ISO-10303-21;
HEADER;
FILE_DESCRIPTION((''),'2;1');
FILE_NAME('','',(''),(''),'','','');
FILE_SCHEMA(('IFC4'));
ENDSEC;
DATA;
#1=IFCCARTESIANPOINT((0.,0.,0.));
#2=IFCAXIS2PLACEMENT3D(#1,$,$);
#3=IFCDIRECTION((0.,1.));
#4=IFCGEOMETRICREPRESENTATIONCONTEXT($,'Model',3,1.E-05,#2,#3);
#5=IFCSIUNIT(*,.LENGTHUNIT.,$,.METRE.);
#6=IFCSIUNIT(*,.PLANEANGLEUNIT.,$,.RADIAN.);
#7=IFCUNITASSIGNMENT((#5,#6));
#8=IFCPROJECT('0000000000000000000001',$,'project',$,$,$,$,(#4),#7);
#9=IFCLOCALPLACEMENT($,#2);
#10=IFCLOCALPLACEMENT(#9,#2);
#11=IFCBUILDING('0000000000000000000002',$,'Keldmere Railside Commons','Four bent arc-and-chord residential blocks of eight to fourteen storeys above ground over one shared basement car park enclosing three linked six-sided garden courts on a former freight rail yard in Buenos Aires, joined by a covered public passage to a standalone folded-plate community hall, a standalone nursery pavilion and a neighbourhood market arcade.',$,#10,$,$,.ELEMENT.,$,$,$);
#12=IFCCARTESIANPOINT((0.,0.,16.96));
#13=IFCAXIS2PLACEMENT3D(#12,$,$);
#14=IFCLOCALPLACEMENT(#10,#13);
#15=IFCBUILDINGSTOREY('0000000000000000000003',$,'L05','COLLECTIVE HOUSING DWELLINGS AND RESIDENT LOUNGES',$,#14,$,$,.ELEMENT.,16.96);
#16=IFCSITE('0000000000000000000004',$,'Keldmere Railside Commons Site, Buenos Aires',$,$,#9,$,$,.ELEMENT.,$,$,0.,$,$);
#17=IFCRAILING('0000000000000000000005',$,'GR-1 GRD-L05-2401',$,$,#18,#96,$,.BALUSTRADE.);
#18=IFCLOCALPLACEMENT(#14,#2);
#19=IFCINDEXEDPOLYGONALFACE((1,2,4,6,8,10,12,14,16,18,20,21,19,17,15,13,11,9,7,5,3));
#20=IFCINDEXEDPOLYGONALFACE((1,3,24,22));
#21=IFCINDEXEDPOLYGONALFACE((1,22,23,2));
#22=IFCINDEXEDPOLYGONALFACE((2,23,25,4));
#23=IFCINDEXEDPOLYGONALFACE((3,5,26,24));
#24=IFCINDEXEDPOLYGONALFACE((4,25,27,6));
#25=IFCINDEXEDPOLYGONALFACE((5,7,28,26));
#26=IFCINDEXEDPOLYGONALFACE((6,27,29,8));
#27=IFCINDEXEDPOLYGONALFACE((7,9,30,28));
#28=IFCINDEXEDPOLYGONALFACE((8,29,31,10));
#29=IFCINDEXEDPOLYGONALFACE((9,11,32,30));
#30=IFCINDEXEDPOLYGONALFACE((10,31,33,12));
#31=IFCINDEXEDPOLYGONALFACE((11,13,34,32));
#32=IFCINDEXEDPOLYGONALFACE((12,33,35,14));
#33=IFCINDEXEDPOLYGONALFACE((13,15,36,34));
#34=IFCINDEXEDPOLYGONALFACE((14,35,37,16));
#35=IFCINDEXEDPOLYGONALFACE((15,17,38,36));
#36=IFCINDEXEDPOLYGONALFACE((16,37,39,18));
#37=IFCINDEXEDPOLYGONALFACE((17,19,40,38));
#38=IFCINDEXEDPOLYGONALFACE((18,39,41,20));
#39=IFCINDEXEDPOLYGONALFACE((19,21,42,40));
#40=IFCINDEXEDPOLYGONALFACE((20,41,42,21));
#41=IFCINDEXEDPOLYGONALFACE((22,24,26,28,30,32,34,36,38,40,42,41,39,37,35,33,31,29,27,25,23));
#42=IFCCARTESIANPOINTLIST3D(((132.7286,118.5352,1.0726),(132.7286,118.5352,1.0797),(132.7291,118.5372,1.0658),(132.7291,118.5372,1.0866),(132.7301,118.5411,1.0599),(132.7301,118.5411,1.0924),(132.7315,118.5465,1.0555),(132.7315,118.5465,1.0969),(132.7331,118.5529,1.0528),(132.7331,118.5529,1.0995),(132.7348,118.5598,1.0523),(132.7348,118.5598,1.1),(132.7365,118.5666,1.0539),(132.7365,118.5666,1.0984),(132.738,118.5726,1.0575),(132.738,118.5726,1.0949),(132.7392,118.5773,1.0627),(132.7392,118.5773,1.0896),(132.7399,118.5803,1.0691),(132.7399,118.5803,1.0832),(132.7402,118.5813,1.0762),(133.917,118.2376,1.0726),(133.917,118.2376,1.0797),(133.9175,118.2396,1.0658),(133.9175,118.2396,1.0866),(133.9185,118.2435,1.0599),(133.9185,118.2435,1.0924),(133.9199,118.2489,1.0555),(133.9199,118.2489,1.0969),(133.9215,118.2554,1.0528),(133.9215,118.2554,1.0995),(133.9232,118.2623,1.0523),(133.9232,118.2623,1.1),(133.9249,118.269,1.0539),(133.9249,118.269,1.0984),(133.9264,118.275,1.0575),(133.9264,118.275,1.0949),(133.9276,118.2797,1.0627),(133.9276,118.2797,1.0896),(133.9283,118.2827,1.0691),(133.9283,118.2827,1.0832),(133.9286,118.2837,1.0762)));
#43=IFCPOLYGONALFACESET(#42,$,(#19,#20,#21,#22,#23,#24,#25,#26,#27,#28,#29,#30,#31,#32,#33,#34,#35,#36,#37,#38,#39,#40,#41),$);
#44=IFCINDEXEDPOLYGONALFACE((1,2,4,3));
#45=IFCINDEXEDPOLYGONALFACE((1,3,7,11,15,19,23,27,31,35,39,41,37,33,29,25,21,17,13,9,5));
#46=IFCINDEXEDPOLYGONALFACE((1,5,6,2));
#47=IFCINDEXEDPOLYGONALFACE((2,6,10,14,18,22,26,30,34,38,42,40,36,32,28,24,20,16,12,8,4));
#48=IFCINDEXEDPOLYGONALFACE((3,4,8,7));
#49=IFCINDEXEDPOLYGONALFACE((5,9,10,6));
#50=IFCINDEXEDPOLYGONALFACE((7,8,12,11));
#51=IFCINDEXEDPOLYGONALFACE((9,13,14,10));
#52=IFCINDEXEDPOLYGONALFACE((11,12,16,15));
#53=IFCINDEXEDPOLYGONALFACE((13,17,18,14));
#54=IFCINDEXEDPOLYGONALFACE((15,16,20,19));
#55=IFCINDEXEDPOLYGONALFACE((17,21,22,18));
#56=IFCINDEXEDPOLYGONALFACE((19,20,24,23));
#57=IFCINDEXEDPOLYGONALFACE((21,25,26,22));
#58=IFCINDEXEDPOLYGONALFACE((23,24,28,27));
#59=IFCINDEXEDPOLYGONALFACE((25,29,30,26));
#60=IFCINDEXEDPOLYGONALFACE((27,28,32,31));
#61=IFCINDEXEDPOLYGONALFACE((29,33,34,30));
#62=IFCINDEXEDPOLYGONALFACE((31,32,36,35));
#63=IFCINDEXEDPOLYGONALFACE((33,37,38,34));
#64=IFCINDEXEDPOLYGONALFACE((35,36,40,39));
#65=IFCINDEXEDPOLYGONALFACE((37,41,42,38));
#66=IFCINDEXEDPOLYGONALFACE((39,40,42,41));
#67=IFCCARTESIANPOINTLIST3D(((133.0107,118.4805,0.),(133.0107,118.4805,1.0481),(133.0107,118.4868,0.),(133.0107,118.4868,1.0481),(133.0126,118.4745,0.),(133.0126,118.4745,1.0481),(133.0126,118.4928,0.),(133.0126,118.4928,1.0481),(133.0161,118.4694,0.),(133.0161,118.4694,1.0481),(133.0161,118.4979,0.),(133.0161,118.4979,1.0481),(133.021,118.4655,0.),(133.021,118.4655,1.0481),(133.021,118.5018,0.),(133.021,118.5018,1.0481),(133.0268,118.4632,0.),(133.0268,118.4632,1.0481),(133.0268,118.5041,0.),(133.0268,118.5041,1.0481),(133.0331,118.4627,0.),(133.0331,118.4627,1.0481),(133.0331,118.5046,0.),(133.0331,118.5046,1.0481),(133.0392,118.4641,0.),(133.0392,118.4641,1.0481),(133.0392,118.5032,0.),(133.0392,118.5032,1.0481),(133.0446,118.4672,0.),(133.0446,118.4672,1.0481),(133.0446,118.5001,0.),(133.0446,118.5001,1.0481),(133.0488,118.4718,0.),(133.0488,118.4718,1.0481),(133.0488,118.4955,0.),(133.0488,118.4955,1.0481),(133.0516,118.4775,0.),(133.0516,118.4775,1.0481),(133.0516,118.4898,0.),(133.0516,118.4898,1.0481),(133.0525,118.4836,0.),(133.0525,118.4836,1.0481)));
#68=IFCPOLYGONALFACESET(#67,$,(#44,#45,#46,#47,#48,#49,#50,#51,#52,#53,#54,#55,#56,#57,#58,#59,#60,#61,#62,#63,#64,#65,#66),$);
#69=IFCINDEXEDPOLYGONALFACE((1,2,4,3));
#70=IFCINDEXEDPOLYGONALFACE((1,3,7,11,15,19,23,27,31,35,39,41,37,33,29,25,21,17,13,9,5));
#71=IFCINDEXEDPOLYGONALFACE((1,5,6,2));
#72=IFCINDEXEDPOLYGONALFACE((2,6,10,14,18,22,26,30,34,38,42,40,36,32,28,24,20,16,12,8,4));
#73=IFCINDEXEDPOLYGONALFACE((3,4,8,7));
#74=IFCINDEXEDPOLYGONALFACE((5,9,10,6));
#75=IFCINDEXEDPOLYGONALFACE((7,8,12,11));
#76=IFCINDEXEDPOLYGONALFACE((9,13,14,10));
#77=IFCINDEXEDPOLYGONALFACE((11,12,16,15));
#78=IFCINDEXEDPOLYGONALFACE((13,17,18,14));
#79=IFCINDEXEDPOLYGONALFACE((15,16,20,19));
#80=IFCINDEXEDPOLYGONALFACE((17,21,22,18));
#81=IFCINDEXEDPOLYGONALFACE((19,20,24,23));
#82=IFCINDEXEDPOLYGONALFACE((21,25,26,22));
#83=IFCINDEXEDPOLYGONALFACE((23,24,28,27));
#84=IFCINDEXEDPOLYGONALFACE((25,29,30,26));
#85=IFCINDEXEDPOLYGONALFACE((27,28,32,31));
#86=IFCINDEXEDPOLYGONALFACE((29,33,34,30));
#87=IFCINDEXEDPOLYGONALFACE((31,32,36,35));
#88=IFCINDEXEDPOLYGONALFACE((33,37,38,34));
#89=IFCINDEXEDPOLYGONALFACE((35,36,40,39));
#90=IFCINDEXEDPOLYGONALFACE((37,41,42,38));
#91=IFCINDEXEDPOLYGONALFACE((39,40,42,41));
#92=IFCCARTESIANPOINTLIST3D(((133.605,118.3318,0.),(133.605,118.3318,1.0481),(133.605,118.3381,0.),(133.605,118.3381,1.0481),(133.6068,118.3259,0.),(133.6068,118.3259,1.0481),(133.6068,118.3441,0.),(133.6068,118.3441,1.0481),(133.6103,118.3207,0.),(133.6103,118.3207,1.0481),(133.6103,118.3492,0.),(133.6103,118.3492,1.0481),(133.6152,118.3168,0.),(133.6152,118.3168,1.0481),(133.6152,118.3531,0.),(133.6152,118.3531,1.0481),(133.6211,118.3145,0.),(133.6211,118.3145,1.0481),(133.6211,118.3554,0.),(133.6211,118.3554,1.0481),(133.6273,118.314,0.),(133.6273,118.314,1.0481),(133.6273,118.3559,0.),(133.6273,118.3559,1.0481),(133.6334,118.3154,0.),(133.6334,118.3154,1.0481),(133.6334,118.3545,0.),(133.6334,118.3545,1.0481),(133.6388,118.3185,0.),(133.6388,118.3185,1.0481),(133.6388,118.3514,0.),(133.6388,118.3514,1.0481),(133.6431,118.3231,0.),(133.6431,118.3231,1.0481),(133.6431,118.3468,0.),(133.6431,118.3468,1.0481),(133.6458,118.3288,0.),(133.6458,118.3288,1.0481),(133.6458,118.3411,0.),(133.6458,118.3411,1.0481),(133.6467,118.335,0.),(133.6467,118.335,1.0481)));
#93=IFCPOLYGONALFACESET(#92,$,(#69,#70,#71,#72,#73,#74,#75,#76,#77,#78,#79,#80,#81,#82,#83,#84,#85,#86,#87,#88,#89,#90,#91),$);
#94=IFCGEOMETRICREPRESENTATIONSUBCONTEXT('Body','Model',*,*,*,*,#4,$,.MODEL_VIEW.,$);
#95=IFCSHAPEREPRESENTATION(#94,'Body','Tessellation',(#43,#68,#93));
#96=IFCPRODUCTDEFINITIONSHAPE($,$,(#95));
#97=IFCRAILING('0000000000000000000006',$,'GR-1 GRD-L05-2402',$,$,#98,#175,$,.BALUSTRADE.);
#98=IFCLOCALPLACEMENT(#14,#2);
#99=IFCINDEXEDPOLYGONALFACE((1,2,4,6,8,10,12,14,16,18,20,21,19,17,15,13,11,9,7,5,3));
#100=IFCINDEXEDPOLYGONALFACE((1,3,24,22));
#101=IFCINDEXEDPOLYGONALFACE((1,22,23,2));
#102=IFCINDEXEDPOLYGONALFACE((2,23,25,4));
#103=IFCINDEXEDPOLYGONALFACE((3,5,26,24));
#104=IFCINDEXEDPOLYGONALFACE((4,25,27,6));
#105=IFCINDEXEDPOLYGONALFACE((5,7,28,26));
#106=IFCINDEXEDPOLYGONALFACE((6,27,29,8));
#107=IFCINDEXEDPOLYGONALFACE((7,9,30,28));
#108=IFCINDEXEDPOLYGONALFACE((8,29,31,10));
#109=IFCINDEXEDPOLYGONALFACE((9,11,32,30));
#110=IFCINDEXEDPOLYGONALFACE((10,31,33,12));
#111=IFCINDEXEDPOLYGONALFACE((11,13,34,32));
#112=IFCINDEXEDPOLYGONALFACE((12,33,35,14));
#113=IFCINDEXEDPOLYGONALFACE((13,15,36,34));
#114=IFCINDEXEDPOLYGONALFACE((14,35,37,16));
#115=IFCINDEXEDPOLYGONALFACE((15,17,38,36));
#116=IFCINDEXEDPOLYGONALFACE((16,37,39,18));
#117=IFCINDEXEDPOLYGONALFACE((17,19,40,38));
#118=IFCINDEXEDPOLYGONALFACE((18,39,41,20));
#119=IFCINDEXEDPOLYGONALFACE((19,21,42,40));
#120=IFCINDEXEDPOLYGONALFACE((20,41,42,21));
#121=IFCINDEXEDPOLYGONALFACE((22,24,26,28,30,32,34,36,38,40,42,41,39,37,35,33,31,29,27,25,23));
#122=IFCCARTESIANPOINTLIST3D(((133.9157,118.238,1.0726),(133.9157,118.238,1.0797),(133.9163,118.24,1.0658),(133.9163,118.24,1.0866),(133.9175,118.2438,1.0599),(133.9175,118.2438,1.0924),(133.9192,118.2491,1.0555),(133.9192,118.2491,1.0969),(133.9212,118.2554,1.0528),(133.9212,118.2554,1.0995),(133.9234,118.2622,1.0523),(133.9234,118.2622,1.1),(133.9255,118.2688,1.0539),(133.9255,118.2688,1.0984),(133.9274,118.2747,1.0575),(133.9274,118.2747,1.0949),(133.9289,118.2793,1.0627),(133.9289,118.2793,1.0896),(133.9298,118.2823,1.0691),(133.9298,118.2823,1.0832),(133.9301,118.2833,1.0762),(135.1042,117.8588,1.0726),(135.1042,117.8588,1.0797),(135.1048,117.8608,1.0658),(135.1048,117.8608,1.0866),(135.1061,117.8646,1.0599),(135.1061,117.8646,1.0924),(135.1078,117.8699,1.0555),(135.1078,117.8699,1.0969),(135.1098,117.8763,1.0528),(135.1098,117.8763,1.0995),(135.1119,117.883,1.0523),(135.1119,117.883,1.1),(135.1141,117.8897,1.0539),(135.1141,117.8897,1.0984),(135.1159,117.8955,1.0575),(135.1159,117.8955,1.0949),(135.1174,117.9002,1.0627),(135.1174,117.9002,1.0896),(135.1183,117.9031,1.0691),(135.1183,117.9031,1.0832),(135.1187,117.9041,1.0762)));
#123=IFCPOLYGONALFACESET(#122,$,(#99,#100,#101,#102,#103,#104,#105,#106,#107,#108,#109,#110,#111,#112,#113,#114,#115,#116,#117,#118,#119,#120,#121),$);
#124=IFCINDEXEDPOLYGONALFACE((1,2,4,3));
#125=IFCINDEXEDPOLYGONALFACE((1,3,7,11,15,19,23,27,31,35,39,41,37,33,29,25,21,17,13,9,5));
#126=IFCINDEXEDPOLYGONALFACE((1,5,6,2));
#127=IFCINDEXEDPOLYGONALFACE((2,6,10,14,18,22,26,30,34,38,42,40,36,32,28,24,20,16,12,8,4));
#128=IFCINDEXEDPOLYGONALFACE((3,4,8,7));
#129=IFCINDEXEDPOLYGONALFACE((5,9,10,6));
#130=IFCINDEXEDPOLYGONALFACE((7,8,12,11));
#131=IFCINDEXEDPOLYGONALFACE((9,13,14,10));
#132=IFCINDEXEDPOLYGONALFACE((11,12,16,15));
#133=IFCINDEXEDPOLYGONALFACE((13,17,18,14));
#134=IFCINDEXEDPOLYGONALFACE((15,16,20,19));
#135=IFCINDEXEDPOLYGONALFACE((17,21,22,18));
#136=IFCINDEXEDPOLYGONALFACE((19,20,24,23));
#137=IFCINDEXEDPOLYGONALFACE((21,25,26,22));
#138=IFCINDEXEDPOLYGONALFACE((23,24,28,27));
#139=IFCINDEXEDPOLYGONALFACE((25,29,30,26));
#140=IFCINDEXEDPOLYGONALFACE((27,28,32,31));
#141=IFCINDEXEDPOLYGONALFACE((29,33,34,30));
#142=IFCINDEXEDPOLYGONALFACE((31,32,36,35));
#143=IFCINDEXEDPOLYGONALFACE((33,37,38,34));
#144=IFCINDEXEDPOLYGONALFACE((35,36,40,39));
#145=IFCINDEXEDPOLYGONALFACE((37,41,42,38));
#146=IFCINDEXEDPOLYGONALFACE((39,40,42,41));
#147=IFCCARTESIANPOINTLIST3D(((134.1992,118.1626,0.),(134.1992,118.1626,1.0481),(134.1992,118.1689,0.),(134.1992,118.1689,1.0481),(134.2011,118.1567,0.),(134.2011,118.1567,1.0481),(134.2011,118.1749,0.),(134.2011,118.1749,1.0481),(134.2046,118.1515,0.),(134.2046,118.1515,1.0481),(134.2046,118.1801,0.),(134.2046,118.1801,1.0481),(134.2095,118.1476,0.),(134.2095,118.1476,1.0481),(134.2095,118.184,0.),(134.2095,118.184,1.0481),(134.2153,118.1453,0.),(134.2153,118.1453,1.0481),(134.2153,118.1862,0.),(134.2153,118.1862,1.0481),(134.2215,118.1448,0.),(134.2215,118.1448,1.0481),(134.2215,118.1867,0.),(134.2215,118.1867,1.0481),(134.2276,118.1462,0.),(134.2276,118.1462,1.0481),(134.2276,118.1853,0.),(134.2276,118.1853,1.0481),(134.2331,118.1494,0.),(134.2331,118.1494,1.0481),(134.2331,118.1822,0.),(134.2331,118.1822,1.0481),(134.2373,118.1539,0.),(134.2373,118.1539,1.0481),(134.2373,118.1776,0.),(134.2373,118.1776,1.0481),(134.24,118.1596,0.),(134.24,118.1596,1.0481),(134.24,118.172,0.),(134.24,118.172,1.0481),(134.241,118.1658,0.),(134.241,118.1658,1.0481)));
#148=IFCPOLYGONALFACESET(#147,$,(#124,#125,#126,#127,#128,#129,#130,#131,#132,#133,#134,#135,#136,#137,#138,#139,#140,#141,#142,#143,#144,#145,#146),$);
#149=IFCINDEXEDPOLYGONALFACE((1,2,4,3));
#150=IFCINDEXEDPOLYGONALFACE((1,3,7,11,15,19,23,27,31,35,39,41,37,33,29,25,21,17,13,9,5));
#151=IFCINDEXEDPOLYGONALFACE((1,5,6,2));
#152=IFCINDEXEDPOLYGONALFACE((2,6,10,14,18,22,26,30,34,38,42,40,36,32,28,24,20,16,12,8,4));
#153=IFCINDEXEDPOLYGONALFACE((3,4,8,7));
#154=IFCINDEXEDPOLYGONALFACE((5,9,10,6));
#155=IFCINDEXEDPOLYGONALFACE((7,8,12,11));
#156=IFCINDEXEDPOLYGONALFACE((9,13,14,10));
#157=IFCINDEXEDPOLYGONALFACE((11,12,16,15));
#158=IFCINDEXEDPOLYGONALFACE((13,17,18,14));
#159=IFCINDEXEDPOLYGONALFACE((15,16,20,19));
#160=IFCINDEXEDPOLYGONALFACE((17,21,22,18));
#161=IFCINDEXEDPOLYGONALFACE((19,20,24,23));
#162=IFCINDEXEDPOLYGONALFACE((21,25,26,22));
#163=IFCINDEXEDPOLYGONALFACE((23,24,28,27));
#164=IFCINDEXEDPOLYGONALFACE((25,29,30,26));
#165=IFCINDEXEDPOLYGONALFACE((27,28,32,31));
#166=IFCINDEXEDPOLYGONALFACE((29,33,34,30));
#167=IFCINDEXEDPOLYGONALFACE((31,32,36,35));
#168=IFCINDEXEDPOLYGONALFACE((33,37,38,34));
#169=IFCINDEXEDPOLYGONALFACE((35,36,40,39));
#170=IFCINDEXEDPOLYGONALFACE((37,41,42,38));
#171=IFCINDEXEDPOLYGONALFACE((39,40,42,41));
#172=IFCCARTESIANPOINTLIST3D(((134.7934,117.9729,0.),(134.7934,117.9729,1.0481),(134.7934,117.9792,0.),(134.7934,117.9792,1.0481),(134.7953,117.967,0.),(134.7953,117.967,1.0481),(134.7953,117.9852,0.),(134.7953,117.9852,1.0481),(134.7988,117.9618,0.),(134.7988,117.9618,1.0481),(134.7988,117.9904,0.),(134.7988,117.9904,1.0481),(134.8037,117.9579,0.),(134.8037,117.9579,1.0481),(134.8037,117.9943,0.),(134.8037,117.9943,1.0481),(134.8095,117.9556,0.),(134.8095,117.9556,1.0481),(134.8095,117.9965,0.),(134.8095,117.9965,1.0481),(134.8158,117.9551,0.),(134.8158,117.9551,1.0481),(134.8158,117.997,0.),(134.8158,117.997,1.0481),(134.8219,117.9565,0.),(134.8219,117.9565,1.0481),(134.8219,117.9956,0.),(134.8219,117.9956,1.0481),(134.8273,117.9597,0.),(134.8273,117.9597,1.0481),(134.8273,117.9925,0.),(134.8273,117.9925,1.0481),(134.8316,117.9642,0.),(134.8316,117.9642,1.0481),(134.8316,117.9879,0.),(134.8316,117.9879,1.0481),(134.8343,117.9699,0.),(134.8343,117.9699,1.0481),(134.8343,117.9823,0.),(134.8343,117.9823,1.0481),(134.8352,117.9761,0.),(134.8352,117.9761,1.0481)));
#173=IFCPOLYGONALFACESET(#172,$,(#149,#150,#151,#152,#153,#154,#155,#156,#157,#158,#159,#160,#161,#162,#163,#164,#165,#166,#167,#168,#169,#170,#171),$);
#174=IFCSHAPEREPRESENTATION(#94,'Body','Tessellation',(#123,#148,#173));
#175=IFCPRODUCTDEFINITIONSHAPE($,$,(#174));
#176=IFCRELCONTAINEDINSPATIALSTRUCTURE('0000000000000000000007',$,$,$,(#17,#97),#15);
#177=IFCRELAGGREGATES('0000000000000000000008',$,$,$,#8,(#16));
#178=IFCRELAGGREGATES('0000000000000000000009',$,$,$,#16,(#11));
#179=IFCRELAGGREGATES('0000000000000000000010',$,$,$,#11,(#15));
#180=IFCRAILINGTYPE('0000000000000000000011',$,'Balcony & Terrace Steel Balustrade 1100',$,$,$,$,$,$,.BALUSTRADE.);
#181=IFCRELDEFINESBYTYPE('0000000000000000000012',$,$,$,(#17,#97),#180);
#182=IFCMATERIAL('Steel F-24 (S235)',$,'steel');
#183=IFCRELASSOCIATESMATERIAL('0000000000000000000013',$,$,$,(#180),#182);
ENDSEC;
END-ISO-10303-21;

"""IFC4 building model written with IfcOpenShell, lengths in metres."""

from ifc_helpers import new_model, si_unit, direction, frame, origin, origin_2d, place, context, subcontext, project, spatial, circle, extrude, material, type_object, element, save


model = new_model("IFC4")

# Units and contexts
model_context = context("Model", 3, precision=1e-05, world=origin(), true_north=direction((0.0, 1.0)))
body_context = subcontext(model_context, "Body", "Model", "MODEL_VIEW")
ifc_project = project(units=[si_unit("LENGTHUNIT", "METRE"), si_unit("PLANEANGLEUNIT", "RADIAN")], contexts=[model_context])

# Site, building, storey
site_placement = place(None, origin())
site = spatial("IfcSite", under=ifc_project, at=site_placement, Name="Keldmere Railside Commons Site, Buenos Aires", CompositionType="ELEMENT", RefElevation=0.0)
building_placement = place(site_placement, origin())
building = spatial("IfcBuilding", under=site, at=building_placement, Name="Keldmere Railside Commons", Description="Four bent arc-and-chord residential blocks of eight to fourteen storeys above ground over one shared basement car park enclosing three linked six-sided garden courts on a former freight rail yard in Buenos Aires, joined by a covered public passage to a standalone folded-plate community hall, a standalone nursery pavilion and a neighbourhood market arcade.", CompositionType="ELEMENT")
storey_placement = place(building_placement, frame((0.0, 0.0, 16.96)))
storey = spatial("IfcBuildingStorey", under=building, at=storey_placement, Name="L05", Description="COLLECTIVE HOUSING DWELLINGS AND RESIDENT LOUNGES", CompositionType="ELEMENT", Elevation=16.96)

# Shared definitions
ifc_material_1 = material(Name="Steel F-24 (S235)", Category="steel")

# Railings
railing_type = type_object("IfcRailingType", Name="Balcony & Terrace Steel Balustrade 1100", PredefinedType="BALUSTRADE", material=ifc_material_1)
railing_1_placement = place(storey_placement, frame((132.7344, 118.5581, 0.0)))
element("IfcRailing", 1, at=railing_1_placement, inside=storey, type_object=railing_type, Name="GR-1 GRD-L05-2401", PredefinedType="BALUSTRADE", context=body_context, shape_type="SweptSolid", body=[
    extrude(circle(Radius=0.0239, at=origin_2d()), frame((0.0, 0.0, 1.0762), z_axis=(0.970049, -0.242911, 0.0), x_axis=(0.242911, 0.970049, 0.0)), (0.0, 0.0, 1.0), 1.2251),
    extrude(circle(Radius=0.021, at=origin_2d()), frame((0.2971, -0.0745, 0.0)), (0.0, 0.0, 1.0), 1.0481),
    extrude(circle(Radius=0.021, at=origin_2d()), frame((0.8914, -0.2231, 0.0)), (0.0, 0.0, 1.0), 1.0481),
])
railing_2_placement = place(storey_placement, frame((133.9229, 118.2605, 0.0)))
element("IfcRailing", 2, at=railing_2_placement, inside=storey, type_object=railing_type, Name="GR-1 GRD-L05-2402", PredefinedType="BALUSTRADE", context=body_context, shape_type="SweptSolid", body=[
    extrude(circle(Radius=0.0239, at=origin_2d()), frame((0.0, 0.0, 1.0762), z_axis=(0.952694, -0.303931, 0.0), x_axis=(0.303931, 0.952694, 0.0)), (0.0, 0.0, 1.0), 1.2476),
    extrude(circle(Radius=0.021, at=origin_2d()), frame((0.2971, -0.0947, 0.0)), (0.0, 0.0, 1.0), 1.0481),
    extrude(circle(Radius=0.021, at=origin_2d()), frame((0.8914, -0.2844, 0.0)), (0.0, 0.0, 1.0), 1.0481),
])

save(model, "model.ifc")
